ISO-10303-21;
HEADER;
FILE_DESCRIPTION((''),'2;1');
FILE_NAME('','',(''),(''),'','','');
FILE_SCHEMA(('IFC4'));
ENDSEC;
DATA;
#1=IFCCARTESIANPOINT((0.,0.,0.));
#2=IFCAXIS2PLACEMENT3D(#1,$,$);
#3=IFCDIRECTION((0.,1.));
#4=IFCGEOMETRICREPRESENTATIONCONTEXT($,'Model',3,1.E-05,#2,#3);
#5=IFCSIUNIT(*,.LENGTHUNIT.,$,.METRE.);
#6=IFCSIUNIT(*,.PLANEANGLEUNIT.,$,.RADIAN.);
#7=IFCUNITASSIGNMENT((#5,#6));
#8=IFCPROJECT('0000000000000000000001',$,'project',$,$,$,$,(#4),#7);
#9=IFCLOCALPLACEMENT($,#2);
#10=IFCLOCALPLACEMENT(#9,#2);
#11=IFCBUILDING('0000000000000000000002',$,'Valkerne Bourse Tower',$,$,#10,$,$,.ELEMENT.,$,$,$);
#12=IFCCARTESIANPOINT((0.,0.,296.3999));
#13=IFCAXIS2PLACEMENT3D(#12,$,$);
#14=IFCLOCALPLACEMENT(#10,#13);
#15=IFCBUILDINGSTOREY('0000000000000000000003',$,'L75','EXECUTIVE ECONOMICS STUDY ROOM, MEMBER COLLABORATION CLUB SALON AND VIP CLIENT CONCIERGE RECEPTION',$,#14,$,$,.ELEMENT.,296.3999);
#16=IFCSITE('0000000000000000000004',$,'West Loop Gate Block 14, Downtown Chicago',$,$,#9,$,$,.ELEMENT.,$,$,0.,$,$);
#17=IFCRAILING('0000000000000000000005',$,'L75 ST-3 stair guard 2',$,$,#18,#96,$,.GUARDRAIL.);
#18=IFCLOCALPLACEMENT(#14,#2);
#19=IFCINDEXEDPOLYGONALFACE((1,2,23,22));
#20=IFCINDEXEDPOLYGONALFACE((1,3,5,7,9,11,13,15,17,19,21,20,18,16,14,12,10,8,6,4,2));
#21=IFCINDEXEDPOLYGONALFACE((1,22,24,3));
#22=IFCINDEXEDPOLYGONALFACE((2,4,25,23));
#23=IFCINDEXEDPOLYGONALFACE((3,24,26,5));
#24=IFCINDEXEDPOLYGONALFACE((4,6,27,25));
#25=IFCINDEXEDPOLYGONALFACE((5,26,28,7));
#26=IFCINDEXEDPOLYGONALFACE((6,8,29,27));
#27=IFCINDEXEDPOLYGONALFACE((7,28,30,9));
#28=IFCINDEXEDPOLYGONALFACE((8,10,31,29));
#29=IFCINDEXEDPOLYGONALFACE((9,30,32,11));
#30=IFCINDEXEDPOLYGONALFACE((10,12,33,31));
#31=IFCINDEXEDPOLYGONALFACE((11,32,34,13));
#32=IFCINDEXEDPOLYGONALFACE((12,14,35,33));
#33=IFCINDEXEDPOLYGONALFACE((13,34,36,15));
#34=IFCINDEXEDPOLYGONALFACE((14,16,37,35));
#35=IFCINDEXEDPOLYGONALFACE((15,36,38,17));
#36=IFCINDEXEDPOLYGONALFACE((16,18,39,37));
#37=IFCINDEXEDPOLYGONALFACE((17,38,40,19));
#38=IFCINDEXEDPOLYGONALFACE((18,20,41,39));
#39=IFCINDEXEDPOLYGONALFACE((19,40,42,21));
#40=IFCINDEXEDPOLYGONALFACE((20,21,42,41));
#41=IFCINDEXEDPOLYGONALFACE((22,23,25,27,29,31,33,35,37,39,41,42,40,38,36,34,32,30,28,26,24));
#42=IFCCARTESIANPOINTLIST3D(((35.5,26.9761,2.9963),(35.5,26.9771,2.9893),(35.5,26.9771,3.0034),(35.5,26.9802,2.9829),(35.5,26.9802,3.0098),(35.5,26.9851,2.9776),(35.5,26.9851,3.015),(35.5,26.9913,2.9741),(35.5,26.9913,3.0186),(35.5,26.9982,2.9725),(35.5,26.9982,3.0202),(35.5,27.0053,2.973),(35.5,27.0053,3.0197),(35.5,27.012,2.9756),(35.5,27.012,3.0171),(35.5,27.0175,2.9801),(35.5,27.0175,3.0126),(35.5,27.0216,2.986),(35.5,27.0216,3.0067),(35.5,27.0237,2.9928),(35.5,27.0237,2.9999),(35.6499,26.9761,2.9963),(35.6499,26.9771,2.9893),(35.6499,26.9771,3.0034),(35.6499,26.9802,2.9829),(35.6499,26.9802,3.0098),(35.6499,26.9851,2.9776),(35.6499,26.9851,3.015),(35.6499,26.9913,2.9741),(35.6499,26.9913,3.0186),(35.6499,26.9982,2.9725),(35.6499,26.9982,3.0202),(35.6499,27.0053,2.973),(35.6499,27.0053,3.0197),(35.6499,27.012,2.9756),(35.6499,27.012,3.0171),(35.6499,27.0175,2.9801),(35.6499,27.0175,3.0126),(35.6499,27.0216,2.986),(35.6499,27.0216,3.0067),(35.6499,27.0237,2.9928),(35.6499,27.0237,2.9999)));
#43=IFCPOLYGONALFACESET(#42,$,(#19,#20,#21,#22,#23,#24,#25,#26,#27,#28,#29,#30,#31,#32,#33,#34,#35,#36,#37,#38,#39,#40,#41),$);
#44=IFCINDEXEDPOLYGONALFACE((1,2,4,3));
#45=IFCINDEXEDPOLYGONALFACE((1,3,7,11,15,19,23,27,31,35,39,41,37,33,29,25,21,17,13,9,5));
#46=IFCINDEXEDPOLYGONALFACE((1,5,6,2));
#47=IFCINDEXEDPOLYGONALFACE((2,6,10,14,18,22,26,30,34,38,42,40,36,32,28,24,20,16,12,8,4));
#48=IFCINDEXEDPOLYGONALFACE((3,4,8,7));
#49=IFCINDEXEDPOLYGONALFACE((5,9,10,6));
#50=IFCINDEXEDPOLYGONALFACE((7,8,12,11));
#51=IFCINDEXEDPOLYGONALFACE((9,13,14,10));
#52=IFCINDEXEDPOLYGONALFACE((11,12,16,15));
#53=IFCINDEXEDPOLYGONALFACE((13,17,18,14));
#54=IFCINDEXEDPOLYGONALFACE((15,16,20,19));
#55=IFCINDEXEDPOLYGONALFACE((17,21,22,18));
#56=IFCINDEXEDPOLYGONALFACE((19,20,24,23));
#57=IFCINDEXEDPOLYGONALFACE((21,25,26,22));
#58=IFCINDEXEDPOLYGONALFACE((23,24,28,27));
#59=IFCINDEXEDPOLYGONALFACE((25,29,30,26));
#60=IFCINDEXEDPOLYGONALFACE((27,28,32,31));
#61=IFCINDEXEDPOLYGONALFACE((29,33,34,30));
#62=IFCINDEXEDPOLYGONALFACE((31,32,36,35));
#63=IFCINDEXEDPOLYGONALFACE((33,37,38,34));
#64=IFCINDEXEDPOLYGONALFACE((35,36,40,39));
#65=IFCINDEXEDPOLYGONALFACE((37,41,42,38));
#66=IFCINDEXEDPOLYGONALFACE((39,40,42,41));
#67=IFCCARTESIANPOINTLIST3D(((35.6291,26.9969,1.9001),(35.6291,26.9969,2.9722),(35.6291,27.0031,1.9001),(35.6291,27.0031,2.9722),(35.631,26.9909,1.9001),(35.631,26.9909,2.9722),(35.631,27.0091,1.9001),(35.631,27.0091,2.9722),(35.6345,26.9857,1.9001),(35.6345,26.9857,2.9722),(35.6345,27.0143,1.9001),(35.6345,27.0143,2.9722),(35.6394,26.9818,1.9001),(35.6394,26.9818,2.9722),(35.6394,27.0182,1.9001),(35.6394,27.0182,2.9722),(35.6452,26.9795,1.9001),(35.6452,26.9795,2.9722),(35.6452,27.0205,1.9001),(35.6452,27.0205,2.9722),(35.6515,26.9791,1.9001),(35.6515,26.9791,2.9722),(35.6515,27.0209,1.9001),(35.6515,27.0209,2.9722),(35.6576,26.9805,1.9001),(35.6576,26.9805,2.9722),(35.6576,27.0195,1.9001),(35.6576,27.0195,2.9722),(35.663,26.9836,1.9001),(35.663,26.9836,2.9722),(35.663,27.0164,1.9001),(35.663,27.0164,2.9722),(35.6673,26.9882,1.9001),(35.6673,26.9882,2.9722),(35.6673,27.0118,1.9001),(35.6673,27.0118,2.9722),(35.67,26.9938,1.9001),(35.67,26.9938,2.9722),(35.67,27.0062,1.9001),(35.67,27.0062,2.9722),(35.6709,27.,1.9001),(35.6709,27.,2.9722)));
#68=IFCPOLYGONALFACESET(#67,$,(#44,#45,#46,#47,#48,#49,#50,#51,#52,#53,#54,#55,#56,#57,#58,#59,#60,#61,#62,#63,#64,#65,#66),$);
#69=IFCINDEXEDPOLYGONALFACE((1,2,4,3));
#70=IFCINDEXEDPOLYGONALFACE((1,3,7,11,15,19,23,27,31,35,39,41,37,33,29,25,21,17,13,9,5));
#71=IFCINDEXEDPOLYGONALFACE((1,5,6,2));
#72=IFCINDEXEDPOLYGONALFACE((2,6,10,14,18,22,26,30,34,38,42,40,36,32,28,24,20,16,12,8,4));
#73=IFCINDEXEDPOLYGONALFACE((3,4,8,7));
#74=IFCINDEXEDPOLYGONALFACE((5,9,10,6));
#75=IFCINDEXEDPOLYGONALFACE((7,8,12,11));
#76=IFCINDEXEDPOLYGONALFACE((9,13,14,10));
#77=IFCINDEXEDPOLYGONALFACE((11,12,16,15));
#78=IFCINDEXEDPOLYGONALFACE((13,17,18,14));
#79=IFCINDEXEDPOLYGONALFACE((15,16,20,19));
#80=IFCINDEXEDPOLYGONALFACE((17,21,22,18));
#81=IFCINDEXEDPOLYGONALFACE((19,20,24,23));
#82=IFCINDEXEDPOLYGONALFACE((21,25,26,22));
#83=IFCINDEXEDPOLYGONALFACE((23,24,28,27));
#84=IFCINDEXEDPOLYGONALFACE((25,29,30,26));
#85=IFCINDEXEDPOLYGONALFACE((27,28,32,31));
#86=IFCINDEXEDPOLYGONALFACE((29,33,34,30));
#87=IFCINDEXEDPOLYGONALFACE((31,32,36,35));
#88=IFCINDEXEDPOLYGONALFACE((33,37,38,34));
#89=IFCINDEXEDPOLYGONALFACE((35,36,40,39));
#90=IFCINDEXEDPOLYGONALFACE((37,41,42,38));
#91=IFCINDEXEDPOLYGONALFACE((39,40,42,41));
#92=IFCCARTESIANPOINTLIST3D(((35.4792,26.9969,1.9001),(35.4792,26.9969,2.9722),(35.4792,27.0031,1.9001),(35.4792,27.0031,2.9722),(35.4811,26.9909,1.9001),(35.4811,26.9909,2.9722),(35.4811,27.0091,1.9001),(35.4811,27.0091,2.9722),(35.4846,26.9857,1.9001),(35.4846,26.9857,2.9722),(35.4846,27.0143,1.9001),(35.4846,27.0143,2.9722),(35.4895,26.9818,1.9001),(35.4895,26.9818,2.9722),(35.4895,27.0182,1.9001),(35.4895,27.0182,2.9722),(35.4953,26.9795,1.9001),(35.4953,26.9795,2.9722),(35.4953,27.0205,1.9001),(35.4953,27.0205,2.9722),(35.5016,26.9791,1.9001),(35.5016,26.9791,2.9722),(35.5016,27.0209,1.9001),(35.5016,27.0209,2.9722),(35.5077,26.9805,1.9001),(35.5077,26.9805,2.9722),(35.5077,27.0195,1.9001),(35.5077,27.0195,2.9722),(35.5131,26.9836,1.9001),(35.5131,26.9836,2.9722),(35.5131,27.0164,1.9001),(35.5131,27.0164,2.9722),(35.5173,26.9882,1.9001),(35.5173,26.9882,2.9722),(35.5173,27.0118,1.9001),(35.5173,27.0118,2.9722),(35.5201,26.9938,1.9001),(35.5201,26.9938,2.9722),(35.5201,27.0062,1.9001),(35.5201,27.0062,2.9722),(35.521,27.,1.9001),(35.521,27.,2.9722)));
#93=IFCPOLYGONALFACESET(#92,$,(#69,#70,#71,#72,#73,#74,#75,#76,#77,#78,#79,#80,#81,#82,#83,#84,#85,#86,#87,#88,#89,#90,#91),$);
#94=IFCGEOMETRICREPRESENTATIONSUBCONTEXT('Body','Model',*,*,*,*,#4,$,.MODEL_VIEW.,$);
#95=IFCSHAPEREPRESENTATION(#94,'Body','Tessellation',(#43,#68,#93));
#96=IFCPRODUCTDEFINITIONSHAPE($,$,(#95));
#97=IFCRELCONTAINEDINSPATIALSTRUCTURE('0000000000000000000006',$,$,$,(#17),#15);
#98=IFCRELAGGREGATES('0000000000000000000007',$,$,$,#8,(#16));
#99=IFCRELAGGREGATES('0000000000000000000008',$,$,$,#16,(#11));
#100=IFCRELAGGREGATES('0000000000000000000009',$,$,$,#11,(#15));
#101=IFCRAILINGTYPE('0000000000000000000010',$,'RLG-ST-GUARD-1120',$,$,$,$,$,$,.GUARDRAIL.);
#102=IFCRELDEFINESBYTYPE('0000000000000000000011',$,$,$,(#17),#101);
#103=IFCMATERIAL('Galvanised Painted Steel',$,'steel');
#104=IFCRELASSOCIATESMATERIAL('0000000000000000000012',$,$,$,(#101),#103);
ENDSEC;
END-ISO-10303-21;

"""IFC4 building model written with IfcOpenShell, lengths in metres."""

from ifc_helpers import new_model, si_unit, direction, frame, origin, origin_2d, place, context, subcontext, project, spatial, circle, extrude, material, type_object, element, save


model = new_model("IFC4")

# Units and contexts
model_context = context("Model", 3, precision=1e-05, world=origin(), true_north=direction((0.0, 1.0)))
body_context = subcontext(model_context, "Body", "Model", "MODEL_VIEW")
ifc_project = project(units=[si_unit("LENGTHUNIT", "METRE"), si_unit("PLANEANGLEUNIT", "RADIAN")], contexts=[model_context])

# Site, building, storey
site_placement = place(None, origin())
site = spatial("IfcSite", under=ifc_project, at=site_placement, Name="West Loop Gate Block 14, Downtown Chicago", CompositionType="ELEMENT", RefElevation=0.0)
building_placement = place(site_placement, origin())
building = spatial("IfcBuilding", under=site, at=building_placement, Name="Valkerne Bourse Tower", CompositionType="ELEMENT")
storey_placement = place(building_placement, frame((0.0, 0.0, 296.3999)))
storey = spatial("IfcBuildingStorey", under=building, at=storey_placement, Name="L75", Description="EXECUTIVE ECONOMICS STUDY ROOM, MEMBER COLLABORATION CLUB SALON AND VIP CLIENT CONCIERGE RECEPTION", CompositionType="ELEMENT", Elevation=296.3999)

# Railing
ifc_material_1 = material(Name="Galvanised Painted Steel", Category="steel")
railing_type_1 = type_object("IfcRailingType", Name="RLG-ST-GUARD-1120", PredefinedType="GUARDRAIL", material=ifc_material_1)
railing_1_placement = place(storey_placement, frame((35.6499, 27.0, 1.9001)))
element("IfcRailing", 1, at=railing_1_placement, inside=storey, type_object=railing_type_1, Name="L75 ST-3 stair guard 2", PredefinedType="GUARDRAIL", context=body_context, shape_type="SweptSolid", body=[
    extrude(circle(Radius=0.0239, at=origin_2d()), frame((0.0, 0.0, 1.0962), z_axis=(-1.0, 0.0, 0.0), x_axis=(0.0, -1.0, 0.0)), (0.0, 0.0, 1.0), 0.1499),
    extrude(circle(Radius=0.021, at=origin_2d()), origin(), (0.0, 0.0, 1.0), 1.072),
    extrude(circle(Radius=0.021, at=origin_2d()), frame((-0.1499, 0.0, 0.0)), (0.0, 0.0, 1.0), 1.072),
])

save(model, "model.ifc")
